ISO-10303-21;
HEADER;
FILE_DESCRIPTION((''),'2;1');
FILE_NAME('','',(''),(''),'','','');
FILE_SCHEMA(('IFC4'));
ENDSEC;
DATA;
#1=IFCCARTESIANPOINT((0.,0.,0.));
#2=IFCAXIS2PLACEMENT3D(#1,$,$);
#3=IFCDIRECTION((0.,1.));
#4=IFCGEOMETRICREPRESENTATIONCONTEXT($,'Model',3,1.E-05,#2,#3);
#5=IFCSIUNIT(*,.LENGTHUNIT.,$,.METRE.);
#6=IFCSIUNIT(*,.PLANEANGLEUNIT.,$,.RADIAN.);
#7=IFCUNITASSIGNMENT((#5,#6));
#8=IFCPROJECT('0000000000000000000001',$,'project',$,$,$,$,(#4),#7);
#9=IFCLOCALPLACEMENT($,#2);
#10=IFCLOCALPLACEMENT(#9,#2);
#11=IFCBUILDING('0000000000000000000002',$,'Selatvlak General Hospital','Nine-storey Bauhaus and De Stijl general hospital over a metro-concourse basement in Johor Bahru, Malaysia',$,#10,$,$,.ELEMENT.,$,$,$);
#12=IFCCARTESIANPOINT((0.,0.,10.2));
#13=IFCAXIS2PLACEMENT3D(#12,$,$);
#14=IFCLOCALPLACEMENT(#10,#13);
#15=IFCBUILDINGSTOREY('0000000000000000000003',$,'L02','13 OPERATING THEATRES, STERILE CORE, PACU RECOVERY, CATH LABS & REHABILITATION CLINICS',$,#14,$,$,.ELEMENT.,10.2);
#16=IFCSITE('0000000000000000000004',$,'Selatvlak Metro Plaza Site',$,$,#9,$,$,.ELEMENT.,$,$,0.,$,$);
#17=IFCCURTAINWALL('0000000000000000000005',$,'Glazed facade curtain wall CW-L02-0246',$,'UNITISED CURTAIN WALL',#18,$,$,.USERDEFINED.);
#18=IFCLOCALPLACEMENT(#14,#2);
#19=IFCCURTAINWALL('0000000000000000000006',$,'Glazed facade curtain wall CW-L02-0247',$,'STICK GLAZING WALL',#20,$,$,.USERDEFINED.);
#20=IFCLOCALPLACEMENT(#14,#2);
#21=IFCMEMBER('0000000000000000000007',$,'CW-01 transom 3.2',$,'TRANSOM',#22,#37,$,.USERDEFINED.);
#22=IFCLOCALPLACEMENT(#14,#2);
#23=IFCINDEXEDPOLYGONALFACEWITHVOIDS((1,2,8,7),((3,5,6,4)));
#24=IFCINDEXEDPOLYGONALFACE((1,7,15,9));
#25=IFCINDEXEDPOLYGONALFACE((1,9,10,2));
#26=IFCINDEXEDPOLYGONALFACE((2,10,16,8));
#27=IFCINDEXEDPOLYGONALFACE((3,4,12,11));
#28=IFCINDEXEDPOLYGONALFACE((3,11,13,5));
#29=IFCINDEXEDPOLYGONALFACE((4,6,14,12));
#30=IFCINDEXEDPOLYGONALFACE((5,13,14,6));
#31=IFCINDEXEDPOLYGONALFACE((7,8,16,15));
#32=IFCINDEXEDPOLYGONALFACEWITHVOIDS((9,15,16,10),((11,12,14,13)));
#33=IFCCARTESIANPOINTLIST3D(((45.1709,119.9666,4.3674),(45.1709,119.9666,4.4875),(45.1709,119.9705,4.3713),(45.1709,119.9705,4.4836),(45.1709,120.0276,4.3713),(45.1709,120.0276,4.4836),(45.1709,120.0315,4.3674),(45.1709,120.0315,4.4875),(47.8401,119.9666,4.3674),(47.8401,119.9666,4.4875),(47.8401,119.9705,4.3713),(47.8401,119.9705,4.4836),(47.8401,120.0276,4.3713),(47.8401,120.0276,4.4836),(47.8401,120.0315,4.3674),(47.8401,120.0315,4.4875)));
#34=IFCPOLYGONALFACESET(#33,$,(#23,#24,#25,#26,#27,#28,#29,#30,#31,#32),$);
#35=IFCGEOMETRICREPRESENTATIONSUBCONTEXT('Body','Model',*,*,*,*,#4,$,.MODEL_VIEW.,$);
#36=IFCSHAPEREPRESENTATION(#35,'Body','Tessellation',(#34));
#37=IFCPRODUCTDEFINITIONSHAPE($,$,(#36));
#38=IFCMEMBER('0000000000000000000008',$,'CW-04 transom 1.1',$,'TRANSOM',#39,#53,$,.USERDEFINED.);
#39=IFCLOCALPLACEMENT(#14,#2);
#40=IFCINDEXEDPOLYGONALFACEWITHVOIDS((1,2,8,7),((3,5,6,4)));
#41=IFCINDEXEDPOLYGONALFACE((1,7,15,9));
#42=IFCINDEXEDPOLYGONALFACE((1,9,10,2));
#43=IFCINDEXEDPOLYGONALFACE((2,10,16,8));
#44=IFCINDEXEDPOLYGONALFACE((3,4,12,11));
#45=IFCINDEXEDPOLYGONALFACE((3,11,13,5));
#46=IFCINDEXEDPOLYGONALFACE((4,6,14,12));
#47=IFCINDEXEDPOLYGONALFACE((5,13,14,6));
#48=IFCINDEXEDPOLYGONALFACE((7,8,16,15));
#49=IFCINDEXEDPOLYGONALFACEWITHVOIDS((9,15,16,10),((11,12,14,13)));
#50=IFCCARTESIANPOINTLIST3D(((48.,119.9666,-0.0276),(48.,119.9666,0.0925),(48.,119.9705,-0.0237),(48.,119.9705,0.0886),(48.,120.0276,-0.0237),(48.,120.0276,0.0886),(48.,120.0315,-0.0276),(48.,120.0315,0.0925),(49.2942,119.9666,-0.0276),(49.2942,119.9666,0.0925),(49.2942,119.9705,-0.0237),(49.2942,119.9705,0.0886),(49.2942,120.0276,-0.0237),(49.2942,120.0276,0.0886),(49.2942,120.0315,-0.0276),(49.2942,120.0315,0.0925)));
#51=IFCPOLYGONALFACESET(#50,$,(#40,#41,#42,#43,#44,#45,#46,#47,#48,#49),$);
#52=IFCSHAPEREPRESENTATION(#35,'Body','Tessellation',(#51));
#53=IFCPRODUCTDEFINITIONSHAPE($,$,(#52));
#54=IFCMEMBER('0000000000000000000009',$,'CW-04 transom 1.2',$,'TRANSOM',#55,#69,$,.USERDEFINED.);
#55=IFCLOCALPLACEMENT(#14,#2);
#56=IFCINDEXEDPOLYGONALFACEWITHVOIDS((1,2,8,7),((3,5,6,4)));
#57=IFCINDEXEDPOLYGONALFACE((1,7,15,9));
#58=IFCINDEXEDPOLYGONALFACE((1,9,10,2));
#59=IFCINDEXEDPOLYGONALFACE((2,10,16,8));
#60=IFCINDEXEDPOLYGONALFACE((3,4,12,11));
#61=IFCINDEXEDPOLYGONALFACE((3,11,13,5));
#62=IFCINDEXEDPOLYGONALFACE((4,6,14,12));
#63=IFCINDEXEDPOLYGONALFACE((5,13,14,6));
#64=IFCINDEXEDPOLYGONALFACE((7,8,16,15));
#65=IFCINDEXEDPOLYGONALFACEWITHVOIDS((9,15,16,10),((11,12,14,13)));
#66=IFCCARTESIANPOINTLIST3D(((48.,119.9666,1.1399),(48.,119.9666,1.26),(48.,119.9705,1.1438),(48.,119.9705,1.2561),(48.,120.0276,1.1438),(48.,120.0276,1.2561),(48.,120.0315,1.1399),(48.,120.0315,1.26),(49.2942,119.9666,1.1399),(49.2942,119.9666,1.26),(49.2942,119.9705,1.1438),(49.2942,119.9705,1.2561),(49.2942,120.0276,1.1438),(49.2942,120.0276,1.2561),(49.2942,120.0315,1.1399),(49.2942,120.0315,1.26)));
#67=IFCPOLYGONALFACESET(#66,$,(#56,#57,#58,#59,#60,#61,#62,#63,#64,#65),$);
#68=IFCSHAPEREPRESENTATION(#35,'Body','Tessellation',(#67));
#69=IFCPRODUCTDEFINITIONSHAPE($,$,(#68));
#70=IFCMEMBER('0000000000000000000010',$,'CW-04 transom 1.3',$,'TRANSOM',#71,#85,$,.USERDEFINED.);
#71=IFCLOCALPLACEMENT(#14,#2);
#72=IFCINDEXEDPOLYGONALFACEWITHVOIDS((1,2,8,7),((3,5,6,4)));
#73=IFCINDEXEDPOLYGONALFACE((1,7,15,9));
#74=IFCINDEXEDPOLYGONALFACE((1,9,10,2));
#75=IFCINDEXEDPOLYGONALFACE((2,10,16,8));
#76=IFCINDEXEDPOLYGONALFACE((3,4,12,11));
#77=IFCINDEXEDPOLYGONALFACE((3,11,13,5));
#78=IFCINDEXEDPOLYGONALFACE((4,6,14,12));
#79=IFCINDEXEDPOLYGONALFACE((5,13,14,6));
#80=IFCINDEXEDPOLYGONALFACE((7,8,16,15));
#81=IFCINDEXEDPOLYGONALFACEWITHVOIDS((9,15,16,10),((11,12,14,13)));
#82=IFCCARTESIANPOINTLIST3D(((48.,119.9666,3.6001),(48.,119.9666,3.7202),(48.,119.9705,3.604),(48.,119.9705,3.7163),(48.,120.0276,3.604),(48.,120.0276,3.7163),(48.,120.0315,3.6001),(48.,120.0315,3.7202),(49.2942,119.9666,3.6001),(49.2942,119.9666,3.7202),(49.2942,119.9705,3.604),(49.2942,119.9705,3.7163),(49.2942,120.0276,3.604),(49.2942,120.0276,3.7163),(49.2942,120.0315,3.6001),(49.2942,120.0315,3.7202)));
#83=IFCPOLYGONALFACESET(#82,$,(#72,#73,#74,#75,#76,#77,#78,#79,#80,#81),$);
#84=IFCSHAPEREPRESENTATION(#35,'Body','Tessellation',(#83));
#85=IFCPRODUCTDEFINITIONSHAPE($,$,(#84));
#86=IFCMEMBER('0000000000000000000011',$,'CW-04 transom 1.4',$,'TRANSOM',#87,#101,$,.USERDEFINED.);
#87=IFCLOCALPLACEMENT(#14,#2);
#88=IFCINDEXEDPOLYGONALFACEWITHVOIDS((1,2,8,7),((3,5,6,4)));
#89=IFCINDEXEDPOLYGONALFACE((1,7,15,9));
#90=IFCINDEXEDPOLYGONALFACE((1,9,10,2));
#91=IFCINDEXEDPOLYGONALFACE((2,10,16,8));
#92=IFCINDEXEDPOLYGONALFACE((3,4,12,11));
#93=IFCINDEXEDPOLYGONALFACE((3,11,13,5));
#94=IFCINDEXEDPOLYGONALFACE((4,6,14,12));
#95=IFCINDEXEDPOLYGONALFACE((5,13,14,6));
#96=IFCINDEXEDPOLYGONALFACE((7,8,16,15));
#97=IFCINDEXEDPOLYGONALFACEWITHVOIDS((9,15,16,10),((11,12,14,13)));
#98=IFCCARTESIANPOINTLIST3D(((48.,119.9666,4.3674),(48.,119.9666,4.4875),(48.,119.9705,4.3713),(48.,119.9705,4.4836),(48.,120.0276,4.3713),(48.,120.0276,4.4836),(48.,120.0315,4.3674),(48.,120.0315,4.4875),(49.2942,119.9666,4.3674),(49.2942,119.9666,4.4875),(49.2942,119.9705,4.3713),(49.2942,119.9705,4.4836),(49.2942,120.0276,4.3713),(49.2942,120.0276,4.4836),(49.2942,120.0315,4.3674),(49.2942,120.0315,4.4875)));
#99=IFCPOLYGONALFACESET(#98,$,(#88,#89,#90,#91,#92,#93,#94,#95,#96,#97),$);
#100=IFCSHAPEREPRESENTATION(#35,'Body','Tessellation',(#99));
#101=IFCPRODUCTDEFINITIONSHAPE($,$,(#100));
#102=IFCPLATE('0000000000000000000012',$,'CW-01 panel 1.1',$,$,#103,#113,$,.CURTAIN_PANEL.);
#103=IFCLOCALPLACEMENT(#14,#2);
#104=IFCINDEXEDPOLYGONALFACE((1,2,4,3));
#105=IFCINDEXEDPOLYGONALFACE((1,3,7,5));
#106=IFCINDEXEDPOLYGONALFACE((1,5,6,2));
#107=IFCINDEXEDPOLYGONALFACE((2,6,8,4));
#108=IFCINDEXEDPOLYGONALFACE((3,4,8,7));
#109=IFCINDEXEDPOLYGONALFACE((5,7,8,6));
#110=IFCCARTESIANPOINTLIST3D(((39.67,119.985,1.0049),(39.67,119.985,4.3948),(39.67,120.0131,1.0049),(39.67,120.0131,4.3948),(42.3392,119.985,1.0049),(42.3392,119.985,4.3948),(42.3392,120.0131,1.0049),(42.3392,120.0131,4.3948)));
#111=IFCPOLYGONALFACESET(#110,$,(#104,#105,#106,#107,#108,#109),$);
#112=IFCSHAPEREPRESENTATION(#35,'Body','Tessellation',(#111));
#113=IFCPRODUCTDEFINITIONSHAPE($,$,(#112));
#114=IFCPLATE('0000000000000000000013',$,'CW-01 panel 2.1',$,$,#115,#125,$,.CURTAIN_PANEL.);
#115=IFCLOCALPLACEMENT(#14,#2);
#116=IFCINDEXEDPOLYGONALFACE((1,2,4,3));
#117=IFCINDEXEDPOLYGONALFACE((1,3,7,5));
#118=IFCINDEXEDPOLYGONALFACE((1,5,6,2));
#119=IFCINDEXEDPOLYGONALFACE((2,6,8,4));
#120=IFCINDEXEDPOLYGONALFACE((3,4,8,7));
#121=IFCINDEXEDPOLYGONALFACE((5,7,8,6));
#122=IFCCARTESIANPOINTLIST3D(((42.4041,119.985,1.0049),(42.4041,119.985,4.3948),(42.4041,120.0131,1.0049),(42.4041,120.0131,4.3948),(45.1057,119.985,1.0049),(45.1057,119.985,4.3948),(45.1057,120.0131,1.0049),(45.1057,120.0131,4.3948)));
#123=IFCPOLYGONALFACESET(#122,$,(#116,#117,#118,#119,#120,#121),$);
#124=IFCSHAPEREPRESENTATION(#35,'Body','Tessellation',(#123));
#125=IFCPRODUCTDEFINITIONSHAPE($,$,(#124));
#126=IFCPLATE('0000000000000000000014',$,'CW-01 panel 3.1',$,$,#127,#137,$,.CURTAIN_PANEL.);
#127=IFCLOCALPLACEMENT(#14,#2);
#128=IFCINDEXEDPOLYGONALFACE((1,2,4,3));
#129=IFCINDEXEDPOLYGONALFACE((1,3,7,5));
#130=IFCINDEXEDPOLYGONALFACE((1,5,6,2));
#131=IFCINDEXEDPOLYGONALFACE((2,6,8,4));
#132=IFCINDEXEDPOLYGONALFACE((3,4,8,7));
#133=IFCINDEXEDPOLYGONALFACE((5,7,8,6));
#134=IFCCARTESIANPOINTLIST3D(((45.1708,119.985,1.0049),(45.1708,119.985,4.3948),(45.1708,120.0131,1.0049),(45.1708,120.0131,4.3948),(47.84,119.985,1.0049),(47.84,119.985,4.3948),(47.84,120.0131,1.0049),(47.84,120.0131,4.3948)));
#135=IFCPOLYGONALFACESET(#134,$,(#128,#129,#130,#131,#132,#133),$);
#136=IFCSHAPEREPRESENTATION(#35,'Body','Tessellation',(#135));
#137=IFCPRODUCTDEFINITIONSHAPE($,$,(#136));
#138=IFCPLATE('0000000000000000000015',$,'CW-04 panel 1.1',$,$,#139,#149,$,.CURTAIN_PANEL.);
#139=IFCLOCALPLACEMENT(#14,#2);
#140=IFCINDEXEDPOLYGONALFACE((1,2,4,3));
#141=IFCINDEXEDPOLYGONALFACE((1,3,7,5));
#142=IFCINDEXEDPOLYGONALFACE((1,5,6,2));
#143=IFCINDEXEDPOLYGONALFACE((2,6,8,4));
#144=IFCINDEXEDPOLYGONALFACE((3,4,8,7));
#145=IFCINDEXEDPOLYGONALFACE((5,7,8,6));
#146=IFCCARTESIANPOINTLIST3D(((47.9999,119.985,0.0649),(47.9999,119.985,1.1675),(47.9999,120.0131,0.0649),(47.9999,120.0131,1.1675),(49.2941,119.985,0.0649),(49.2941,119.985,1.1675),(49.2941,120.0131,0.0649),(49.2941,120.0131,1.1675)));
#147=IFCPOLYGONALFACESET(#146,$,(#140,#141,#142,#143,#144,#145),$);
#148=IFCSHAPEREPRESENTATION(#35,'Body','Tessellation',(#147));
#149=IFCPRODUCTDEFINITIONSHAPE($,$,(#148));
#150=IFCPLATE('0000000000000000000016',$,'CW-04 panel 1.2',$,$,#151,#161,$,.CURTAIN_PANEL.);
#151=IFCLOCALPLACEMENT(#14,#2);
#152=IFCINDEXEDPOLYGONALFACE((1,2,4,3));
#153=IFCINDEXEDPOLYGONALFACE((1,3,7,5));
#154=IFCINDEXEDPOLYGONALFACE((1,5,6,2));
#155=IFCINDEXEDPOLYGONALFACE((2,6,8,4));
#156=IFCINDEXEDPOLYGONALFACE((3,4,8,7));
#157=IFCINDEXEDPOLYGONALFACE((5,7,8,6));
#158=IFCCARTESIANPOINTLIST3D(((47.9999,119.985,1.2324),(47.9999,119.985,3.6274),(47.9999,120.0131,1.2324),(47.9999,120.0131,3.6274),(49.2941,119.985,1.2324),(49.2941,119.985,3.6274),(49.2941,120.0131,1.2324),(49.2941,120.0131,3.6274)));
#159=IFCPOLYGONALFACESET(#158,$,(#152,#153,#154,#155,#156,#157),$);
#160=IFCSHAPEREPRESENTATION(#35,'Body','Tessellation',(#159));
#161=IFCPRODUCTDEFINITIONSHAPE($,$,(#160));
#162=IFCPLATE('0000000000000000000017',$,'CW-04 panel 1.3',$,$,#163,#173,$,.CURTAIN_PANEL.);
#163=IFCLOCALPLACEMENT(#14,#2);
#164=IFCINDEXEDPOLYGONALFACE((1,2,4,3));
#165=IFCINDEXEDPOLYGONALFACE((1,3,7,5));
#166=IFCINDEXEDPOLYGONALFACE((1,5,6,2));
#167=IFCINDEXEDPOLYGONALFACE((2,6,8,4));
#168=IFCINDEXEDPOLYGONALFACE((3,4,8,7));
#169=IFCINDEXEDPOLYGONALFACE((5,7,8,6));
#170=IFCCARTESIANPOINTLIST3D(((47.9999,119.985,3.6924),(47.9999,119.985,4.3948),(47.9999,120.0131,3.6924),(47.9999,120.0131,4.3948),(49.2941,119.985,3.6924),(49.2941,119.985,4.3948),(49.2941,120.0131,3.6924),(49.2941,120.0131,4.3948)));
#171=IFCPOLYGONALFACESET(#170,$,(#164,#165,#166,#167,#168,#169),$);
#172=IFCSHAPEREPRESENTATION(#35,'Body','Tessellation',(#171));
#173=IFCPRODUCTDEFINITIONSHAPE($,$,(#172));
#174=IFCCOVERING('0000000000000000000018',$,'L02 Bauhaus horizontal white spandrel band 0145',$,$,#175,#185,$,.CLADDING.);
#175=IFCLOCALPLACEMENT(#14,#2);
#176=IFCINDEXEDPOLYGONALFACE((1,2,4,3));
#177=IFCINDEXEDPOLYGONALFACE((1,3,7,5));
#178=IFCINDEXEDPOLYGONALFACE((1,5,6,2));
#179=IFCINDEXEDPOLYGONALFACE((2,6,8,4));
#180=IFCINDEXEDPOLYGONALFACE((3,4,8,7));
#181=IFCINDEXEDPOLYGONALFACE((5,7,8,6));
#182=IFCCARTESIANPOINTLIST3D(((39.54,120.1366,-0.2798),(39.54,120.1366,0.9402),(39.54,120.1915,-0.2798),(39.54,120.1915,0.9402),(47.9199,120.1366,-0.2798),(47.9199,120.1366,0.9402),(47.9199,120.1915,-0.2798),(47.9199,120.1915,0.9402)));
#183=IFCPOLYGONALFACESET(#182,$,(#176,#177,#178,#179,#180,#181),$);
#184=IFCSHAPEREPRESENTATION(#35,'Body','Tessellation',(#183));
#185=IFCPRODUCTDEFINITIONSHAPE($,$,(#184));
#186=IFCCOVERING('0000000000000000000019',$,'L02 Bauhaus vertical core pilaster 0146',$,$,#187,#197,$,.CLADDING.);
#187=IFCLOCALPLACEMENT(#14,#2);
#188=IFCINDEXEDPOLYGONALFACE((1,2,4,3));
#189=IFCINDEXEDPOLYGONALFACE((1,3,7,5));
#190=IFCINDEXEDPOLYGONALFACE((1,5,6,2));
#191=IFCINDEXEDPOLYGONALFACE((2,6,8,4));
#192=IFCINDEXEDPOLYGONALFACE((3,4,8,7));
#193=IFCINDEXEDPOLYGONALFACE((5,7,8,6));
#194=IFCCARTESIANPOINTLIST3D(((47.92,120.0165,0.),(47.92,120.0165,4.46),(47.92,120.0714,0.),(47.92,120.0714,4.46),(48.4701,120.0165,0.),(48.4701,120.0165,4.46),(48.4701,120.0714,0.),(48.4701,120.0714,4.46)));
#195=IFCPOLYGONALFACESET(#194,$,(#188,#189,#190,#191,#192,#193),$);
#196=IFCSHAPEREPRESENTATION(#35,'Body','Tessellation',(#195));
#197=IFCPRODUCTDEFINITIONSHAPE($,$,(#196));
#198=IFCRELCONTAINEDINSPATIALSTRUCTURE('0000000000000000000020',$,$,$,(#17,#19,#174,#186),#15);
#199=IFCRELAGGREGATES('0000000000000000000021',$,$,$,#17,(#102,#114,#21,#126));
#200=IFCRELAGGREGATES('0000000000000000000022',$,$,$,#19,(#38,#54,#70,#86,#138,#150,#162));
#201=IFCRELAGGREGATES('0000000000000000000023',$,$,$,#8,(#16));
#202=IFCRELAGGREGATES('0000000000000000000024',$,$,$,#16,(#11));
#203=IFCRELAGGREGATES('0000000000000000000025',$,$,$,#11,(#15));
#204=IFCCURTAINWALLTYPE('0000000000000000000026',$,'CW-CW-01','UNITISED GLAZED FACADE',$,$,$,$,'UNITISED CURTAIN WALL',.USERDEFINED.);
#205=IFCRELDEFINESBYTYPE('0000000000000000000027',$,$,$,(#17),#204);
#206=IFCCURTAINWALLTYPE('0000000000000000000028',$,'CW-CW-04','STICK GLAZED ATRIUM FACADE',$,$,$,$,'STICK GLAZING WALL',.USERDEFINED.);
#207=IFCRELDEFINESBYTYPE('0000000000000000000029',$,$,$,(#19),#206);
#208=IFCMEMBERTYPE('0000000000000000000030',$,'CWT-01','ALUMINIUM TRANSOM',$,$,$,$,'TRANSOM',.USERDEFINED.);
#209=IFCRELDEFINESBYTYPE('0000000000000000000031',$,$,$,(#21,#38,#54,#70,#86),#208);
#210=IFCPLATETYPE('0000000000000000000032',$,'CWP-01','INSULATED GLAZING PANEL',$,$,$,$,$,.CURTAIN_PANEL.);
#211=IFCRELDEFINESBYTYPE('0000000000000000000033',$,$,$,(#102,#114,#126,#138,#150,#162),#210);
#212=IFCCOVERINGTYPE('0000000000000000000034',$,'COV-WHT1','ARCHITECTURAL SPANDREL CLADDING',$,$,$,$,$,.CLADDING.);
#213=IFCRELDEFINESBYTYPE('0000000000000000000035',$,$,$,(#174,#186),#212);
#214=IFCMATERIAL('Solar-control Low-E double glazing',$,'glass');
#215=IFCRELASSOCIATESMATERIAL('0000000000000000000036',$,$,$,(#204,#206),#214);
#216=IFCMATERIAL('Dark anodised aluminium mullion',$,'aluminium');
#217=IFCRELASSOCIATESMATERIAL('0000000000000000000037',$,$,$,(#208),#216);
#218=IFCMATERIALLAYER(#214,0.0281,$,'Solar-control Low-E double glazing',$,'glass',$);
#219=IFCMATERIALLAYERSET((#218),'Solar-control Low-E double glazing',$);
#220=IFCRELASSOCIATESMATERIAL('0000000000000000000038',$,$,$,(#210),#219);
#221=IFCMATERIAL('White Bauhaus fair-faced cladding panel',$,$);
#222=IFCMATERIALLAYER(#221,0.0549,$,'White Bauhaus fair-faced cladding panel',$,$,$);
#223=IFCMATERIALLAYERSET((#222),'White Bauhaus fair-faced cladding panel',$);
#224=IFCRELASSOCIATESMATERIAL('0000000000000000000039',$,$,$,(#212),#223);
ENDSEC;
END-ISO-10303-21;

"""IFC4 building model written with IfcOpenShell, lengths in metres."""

from ifc_helpers import new_model, si_unit, direction, frame, origin, origin_2d, place, context, subcontext, project, spatial, rectangle, hollow_rectangle, extrude, material, layer, layer_set, material_profile, profile_set, type_object, element, aggregate, save


model = new_model("IFC4")

# Units and contexts
model_context = context("Model", 3, precision=1e-05, world=origin(), true_north=direction((0.0, 1.0)))
body_context = subcontext(model_context, "Body", "Model", "MODEL_VIEW")
ifc_project = project(units=[si_unit("LENGTHUNIT", "METRE"), si_unit("PLANEANGLEUNIT", "RADIAN")], contexts=[model_context])

# Site, building, storey
site_placement = place(None, origin())
site = spatial("IfcSite", under=ifc_project, at=site_placement, Name="Selatvlak Metro Plaza Site", CompositionType="ELEMENT", RefElevation=0.0)
building_placement = place(site_placement, origin())
building = spatial("IfcBuilding", under=site, at=building_placement, Name="Selatvlak General Hospital", Description="Nine-storey Bauhaus and De Stijl general hospital over a metro-concourse basement in Johor Bahru, Malaysia", CompositionType="ELEMENT")
storey_placement = place(building_placement, frame((0.0, 0.0, 10.2)))
storey = spatial("IfcBuildingStorey", under=building, at=storey_placement, Name="L02", Description="13 OPERATING THEATRES, STERILE CORE, PACU RECOVERY, CATH LABS & REHABILITATION CLINICS", CompositionType="ELEMENT", Elevation=10.2)

# Curtain walls
ifc_material_1 = material(Name="Solar-control Low-E double glazing", Category="glass")
curtain_wall_type_1 = type_object("IfcCurtainWallType", Name="CW-CW-01", Description="UNITISED GLAZED FACADE", ElementType="UNITISED CURTAIN WALL", PredefinedType="USERDEFINED", material=ifc_material_1)
curtain_wall_1_placement = place(storey_placement, origin())
curtain_wall_1 = element("IfcCurtainWall", 1, at=curtain_wall_1_placement, inside=storey, type_object=curtain_wall_type_1, Name="Glazed facade curtain wall CW-L02-0246", ObjectType="UNITISED CURTAIN WALL", PredefinedType="USERDEFINED")
ifc_material_2 = material(Name="Dark anodised aluminium mullion", Category="aluminium")
curtain_wall_type_2 = type_object("IfcCurtainWallType", Name="CW-CW-04", Description="STICK GLAZED ATRIUM FACADE", ElementType="STICK GLAZING WALL", PredefinedType="USERDEFINED", material=ifc_material_1)
curtain_wall_2_placement = place(storey_placement, origin())
curtain_wall_2 = element("IfcCurtainWall", 2, at=curtain_wall_2_placement, inside=storey, type_object=curtain_wall_type_2, Name="Glazed facade curtain wall CW-L02-0247", ObjectType="STICK GLAZING WALL", PredefinedType="USERDEFINED")

# Members
ifc_material_profile_1 = material_profile(ifc_material_2, hollow_rectangle(XDim=0.0649, YDim=0.1201, WallThickness=0.0039, at=origin_2d()), Name="AL-TRN 65x120x4")
ifc_profile_set_1 = profile_set([ifc_material_profile_1], Name="Dark anodised aluminium mullion")
member_type_1 = type_object("IfcMemberType", Name="CWT-01", Description="ALUMINIUM TRANSOM", ElementType="TRANSOM", PredefinedType="USERDEFINED", material=ifc_profile_set_1)
member_1_placement = place(storey_placement, frame((45.1709, 119.999, 4.4275), z_axis=(1.0, 0.0, 0.0), x_axis=(0.0, 1.0, 0.0)))
member_1 = element("IfcMember", 3, at=member_1_placement, type_object=member_type_1, Name="CW-01 transom 3.2", ObjectType="TRANSOM", PredefinedType="USERDEFINED", context=body_context, shape_type="SweptSolid", body=[
    extrude(hollow_rectangle(XDim=0.0649, YDim=0.1201, WallThickness=0.0039, at=origin_2d()), origin(), (0.0, 0.0, 1.0), 2.6692),
])
member_2_placement = place(storey_placement, frame((48.0, 119.999, 0.0325), z_axis=(1.0, 0.0, 0.0), x_axis=(0.0, 1.0, 0.0)))
member_2 = element("IfcMember", 4, at=member_2_placement, type_object=member_type_1, Name="CW-04 transom 1.1", ObjectType="TRANSOM", PredefinedType="USERDEFINED", context=body_context, shape_type="SweptSolid", body=[
    extrude(hollow_rectangle(XDim=0.0649, YDim=0.1201, WallThickness=0.0039, at=origin_2d()), origin(), (0.0, 0.0, 1.0), 1.2942),
])
member_3_placement = place(storey_placement, frame((48.0, 119.999, 1.2), z_axis=(1.0, 0.0, 0.0), x_axis=(0.0, 1.0, 0.0)))
member_3 = element("IfcMember", 5, at=member_3_placement, type_object=member_type_1, Name="CW-04 transom 1.2", ObjectType="TRANSOM", PredefinedType="USERDEFINED", context=body_context, shape_type="SweptSolid", body=[
    extrude(hollow_rectangle(XDim=0.0649, YDim=0.1201, WallThickness=0.0039, at=origin_2d()), origin(), (0.0, 0.0, 1.0), 1.2942),
])
member_4_placement = place(storey_placement, frame((48.0, 119.999, 3.6602), z_axis=(1.0, 0.0, 0.0), x_axis=(0.0, 1.0, 0.0)))
member_4 = element("IfcMember", 6, at=member_4_placement, type_object=member_type_1, Name="CW-04 transom 1.3", ObjectType="TRANSOM", PredefinedType="USERDEFINED", context=body_context, shape_type="SweptSolid", body=[
    extrude(hollow_rectangle(XDim=0.0649, YDim=0.1201, WallThickness=0.0039, at=origin_2d()), origin(), (0.0, 0.0, 1.0), 1.2942),
])
member_5_placement = place(storey_placement, frame((48.0, 119.999, 4.4275), z_axis=(1.0, 0.0, 0.0), x_axis=(0.0, 1.0, 0.0)))
member_5 = element("IfcMember", 7, at=member_5_placement, type_object=member_type_1, Name="CW-04 transom 1.4", ObjectType="TRANSOM", PredefinedType="USERDEFINED", context=body_context, shape_type="SweptSolid", body=[
    extrude(hollow_rectangle(XDim=0.0649, YDim=0.1201, WallThickness=0.0039, at=origin_2d()), origin(), (0.0, 0.0, 1.0), 1.2942),
])

# Plates
ifc_layer_1 = layer(ifc_material_1, 0.0281, Name="Solar-control Low-E double glazing", Category="glass")
ifc_layer_set_1 = layer_set([ifc_layer_1], Name="Solar-control Low-E double glazing")
plate_type = type_object("IfcPlateType", Name="CWP-01", Description="INSULATED GLAZING PANEL", PredefinedType="CURTAIN_PANEL", material=ifc_layer_set_1)
plate_1_placement = place(storey_placement, frame((41.0046, 119.999, 1.0049), z_axis=(0.0, 0.0, 1.0), x_axis=(1.0, 0.0, 0.0)))
plate_1 = element("IfcPlate", 8, at=plate_1_placement, type_object=plate_type, Name="CW-01 panel 1.1", PredefinedType="CURTAIN_PANEL", context=body_context, shape_type="SweptSolid", body=[
    extrude(rectangle(XDim=2.6692, YDim=0.0281, at=origin_2d()), origin(), (0.0, 0.0, 1.0), 3.3899),
])
plate_2_placement = place(storey_placement, frame((43.7549, 119.999, 1.0049), z_axis=(0.0, 0.0, 1.0), x_axis=(1.0, 0.0, 0.0)))
plate_2 = element("IfcPlate", 9, at=plate_2_placement, type_object=plate_type, Name="CW-01 panel 2.1", PredefinedType="CURTAIN_PANEL", context=body_context, shape_type="SweptSolid", body=[
    extrude(rectangle(XDim=2.7017, YDim=0.0281, at=origin_2d()), origin(), (0.0, 0.0, 1.0), 3.3899),
])
plate_3_placement = place(storey_placement, frame((46.5054, 119.999, 1.0049), z_axis=(0.0, 0.0, 1.0), x_axis=(1.0, 0.0, 0.0)))
plate_3 = element("IfcPlate", 10, at=plate_3_placement, type_object=plate_type, Name="CW-01 panel 3.1", PredefinedType="CURTAIN_PANEL", context=body_context, shape_type="SweptSolid", body=[
    extrude(rectangle(XDim=2.6692, YDim=0.0281, at=origin_2d()), origin(), (0.0, 0.0, 1.0), 3.3899),
])
aggregate(curtain_wall_1, [plate_1, plate_2, member_1, plate_3])
plate_4_placement = place(storey_placement, frame((48.647, 119.999, 0.0649), z_axis=(0.0, 0.0, 1.0), x_axis=(1.0, 0.0, 0.0)))
plate_4 = element("IfcPlate", 11, at=plate_4_placement, type_object=plate_type, Name="CW-04 panel 1.1", PredefinedType="CURTAIN_PANEL", context=body_context, shape_type="SweptSolid", body=[
    extrude(rectangle(XDim=1.2942, YDim=0.0281, at=origin_2d()), origin(), (0.0, 0.0, 1.0), 1.1025),
])
plate_5_placement = place(storey_placement, frame((48.647, 119.999, 1.2324), z_axis=(0.0, 0.0, 1.0), x_axis=(1.0, 0.0, 0.0)))
plate_5 = element("IfcPlate", 12, at=plate_5_placement, type_object=plate_type, Name="CW-04 panel 1.2", PredefinedType="CURTAIN_PANEL", context=body_context, shape_type="SweptSolid", body=[
    extrude(rectangle(XDim=1.2942, YDim=0.0281, at=origin_2d()), origin(), (0.0, 0.0, 1.0), 2.395),
])
plate_6_placement = place(storey_placement, frame((48.647, 119.999, 3.6924), z_axis=(0.0, 0.0, 1.0), x_axis=(1.0, 0.0, 0.0)))
plate_6 = element("IfcPlate", 13, at=plate_6_placement, type_object=plate_type, Name="CW-04 panel 1.3", PredefinedType="CURTAIN_PANEL", context=body_context, shape_type="SweptSolid", body=[
    extrude(rectangle(XDim=1.2942, YDim=0.0281, at=origin_2d()), origin(), (0.0, 0.0, 1.0), 0.7024),
])
aggregate(curtain_wall_2, [member_2, member_3, member_4, member_5, plate_4, plate_5, plate_6])

# Coverings
ifc_material_3 = material(Name="White Bauhaus fair-faced cladding panel")
ifc_layer_2 = layer(ifc_material_3, 0.0549, Name="White Bauhaus fair-faced cladding panel")
ifc_layer_set_2 = layer_set([ifc_layer_2], Name="White Bauhaus fair-faced cladding panel")
covering_type = type_object("IfcCoveringType", Name="COV-WHT1", Description="ARCHITECTURAL SPANDREL CLADDING", PredefinedType="CLADDING", material=ifc_layer_set_2)
covering_1_placement = place(storey_placement, frame((43.73, 120.1641, -0.2798), z_axis=(0.0, 0.0, 1.0), x_axis=(1.0, 0.0, 0.0)))
element("IfcCovering", 14, at=covering_1_placement, inside=storey, type_object=covering_type, Name="L02 Bauhaus horizontal white spandrel band 0145", PredefinedType="CLADDING", context=body_context, shape_type="SweptSolid", body=[
    extrude(rectangle(XDim=8.3799, YDim=0.0549, at=origin_2d()), origin(), (0.0, 0.0, 1.0), 1.22),
])
covering_2_placement = place(storey_placement, frame((48.1951, 120.0439, 0.0), z_axis=(0.0, 0.0, 1.0), x_axis=(1.0, 0.0, 0.0)))
element("IfcCovering", 15, at=covering_2_placement, inside=storey, type_object=covering_type, Name="L02 Bauhaus vertical core pilaster 0146", PredefinedType="CLADDING", context=body_context, shape_type="SweptSolid", body=[
    extrude(rectangle(XDim=0.55, YDim=0.0549, at=origin_2d()), origin(), (0.0, 0.0, 1.0), 4.46),
])

save(model, "model.ifc")
